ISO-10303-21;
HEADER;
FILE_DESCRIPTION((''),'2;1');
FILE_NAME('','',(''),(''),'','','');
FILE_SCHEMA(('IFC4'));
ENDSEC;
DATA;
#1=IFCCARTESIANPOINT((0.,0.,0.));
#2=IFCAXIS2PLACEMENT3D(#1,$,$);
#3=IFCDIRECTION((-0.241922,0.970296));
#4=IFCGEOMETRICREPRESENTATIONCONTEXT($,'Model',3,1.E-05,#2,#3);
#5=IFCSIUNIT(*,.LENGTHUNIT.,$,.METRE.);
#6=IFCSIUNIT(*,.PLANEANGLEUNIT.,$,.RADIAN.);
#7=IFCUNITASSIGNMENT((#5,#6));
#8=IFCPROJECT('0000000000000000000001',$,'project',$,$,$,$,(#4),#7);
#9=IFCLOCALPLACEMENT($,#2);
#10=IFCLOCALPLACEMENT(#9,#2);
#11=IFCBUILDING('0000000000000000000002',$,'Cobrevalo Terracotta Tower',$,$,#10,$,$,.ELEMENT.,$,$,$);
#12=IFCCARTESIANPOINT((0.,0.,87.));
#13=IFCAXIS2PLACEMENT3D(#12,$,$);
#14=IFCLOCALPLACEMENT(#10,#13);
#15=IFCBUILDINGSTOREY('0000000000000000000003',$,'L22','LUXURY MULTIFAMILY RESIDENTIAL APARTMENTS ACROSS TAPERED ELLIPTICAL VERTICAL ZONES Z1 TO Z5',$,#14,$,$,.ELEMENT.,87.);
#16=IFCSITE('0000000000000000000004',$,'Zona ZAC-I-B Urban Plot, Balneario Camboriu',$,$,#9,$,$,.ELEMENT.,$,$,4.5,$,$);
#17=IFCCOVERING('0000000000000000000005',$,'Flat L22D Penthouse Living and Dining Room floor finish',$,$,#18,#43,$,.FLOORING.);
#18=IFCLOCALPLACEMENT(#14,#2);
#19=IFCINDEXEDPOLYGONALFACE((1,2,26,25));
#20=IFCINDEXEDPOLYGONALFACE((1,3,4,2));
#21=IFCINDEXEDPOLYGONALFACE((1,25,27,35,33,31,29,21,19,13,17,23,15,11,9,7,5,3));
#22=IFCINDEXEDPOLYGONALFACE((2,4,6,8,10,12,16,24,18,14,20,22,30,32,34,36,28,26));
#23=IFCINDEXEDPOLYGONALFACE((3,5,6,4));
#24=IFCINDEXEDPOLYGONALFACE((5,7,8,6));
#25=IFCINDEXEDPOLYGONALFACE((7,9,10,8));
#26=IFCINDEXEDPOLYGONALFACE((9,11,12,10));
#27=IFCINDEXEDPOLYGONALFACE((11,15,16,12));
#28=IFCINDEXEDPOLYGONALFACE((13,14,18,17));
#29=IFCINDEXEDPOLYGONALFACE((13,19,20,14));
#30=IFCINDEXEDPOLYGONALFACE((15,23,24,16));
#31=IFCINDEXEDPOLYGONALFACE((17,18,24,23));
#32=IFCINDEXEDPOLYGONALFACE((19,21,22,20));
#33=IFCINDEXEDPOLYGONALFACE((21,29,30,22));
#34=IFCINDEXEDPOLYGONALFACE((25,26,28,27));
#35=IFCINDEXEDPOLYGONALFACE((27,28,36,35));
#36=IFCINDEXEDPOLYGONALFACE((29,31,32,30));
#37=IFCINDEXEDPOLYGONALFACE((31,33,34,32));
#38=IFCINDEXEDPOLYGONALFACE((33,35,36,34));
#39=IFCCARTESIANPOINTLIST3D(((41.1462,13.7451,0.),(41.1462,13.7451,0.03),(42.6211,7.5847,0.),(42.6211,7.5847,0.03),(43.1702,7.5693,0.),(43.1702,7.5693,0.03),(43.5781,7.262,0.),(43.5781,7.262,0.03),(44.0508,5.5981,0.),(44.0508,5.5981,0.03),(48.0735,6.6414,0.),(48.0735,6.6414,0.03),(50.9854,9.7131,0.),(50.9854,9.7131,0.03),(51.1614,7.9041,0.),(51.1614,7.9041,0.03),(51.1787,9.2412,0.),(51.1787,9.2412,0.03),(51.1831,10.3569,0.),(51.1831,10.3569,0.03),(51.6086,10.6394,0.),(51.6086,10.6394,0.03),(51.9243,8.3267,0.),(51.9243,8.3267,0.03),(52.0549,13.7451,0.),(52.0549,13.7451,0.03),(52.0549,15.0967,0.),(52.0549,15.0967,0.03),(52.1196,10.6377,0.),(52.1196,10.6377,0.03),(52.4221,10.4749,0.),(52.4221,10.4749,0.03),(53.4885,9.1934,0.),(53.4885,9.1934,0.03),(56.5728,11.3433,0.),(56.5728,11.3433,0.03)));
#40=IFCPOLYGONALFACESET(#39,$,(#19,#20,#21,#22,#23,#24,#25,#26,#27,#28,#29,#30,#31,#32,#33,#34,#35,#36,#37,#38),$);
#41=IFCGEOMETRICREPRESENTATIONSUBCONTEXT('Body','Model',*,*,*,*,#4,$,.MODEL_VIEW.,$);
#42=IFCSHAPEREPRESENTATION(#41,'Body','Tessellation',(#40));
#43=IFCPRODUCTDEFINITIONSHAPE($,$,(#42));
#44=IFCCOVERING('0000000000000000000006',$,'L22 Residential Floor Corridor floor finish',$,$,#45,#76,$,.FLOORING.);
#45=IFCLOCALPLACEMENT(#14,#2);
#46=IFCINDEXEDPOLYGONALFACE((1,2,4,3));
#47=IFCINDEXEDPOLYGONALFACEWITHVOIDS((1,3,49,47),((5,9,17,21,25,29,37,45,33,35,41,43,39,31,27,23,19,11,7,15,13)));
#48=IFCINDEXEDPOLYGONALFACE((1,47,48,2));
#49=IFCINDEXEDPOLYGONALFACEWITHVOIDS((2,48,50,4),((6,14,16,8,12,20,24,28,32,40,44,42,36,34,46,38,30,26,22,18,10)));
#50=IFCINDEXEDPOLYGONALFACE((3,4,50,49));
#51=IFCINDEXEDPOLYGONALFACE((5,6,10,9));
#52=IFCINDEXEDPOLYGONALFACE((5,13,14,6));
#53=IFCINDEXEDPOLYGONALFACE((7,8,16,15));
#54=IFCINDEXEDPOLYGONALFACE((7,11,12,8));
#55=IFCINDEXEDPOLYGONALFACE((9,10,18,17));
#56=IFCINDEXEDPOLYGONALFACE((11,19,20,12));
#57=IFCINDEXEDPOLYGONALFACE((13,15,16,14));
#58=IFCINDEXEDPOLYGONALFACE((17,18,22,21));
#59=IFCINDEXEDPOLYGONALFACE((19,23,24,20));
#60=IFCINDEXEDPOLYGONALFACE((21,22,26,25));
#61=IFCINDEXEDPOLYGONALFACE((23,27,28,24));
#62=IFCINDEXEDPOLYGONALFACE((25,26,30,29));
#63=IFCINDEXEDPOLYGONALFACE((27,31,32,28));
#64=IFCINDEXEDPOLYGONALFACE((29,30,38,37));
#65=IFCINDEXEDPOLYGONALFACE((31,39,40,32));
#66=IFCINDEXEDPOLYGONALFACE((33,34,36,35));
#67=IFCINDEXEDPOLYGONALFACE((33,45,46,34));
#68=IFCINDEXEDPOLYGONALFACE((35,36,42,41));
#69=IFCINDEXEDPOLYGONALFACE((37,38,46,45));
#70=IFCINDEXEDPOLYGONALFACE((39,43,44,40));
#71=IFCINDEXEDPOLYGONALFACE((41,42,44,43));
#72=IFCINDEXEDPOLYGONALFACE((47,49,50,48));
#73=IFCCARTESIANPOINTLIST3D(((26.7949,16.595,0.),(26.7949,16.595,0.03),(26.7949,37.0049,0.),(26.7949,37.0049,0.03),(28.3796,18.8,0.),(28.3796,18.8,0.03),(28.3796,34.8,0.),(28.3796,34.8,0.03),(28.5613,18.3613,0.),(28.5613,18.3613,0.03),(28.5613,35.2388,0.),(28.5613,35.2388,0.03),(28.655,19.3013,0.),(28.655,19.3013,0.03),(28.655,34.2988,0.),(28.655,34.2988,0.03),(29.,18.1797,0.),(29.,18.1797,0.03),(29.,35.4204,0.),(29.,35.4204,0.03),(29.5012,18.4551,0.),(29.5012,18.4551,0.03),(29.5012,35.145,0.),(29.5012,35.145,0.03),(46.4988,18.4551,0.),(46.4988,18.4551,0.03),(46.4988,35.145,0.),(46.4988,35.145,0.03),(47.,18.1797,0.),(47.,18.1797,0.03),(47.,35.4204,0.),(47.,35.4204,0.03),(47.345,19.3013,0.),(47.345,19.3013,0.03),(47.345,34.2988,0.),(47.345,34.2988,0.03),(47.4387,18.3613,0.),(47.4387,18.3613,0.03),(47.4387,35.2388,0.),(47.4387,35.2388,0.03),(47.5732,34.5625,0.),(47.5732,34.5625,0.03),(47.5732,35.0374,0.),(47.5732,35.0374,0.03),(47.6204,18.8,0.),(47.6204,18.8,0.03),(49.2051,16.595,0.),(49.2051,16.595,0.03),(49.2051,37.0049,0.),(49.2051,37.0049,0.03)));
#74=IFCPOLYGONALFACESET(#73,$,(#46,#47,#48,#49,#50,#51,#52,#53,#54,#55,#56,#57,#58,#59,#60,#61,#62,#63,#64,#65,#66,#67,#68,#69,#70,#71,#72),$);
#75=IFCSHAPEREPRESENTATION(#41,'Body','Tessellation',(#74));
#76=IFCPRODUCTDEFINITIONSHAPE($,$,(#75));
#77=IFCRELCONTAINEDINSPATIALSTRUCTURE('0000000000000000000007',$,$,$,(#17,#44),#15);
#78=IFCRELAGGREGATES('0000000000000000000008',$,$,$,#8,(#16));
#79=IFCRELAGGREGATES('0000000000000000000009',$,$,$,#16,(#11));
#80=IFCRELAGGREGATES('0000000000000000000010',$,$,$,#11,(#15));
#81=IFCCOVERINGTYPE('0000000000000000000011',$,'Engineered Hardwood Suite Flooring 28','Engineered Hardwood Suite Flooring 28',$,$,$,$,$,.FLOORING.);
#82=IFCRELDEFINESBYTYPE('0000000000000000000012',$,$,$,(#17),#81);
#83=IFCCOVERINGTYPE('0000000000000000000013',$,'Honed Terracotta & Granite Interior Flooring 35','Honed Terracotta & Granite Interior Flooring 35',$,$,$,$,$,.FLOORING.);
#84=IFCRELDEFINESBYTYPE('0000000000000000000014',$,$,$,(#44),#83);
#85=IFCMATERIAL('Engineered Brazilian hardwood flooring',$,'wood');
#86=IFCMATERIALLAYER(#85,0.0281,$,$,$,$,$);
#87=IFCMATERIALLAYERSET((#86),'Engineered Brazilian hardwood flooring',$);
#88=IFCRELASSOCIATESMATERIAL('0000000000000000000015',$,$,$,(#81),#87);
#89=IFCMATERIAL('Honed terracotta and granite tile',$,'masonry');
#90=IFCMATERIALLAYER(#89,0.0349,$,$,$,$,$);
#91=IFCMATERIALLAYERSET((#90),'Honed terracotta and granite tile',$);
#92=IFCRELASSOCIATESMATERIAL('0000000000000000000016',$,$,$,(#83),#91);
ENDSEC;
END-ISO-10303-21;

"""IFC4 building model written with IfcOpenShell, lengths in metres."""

from ifc_helpers import new_model, si_unit, direction, frame, origin, place, context, subcontext, project, spatial, polyline, outline, extrude, material, layer, layer_set, type_object, element, save


model = new_model("IFC4")

# Units and contexts
model_context = context("Model", 3, precision=1e-05, world=origin(), true_north=direction((-0.241922, 0.970296)))
body_context = subcontext(model_context, "Body", "Model", "MODEL_VIEW")
ifc_project = project(units=[si_unit("LENGTHUNIT", "METRE"), si_unit("PLANEANGLEUNIT", "RADIAN")], contexts=[model_context])

# Site, building, storey
site_placement = place(None, origin())
site = spatial("IfcSite", under=ifc_project, at=site_placement, Name="Zona ZAC-I-B Urban Plot, Balneario Camboriu", CompositionType="ELEMENT", RefElevation=4.5)
building_placement = place(site_placement, origin())
building = spatial("IfcBuilding", under=site, at=building_placement, Name="Cobrevalo Terracotta Tower", CompositionType="ELEMENT")
storey_placement = place(building_placement, frame((0.0, 0.0, 87.0)))
storey = spatial("IfcBuildingStorey", under=building, at=storey_placement, Name="L22", Description="LUXURY MULTIFAMILY RESIDENTIAL APARTMENTS ACROSS TAPERED ELLIPTICAL VERTICAL ZONES Z1 TO Z5", CompositionType="ELEMENT", Elevation=87.0)

# Coverings
ifc_material_1 = material(Name="Engineered Brazilian hardwood flooring", Category="wood")
ifc_layer_1 = layer(ifc_material_1, 0.0281)
ifc_layer_set_1 = layer_set([ifc_layer_1], Name="Engineered Brazilian hardwood flooring")
covering_type_1 = type_object("IfcCoveringType", Name="Engineered Hardwood Suite Flooring 28", Description="Engineered Hardwood Suite Flooring 28", PredefinedType="FLOORING", material=ifc_layer_set_1)
covering_1_placement = place(storey_placement, origin())
element("IfcCovering", 1, at=covering_1_placement, inside=storey, type_object=covering_type_1, Name="Flat L22D Penthouse Living and Dining Room floor finish", PredefinedType="FLOORING", context=body_context, shape_type="SweptSolid", body=[
    extrude(outline(polyline([(53.4885, 9.1934), (52.4221, 10.4749), (52.1196, 10.6377), (51.6086, 10.6394), (51.1831, 10.3569), (50.9854, 9.7131), (51.1787, 9.2412), (51.9243, 8.3267), (51.1614, 7.9041), (48.0735, 6.6414), (44.0508, 5.5981), (43.5781, 7.262), (43.1702, 7.5693), (42.6211, 7.5847), (41.1462, 13.7451), (52.0549, 13.7451), (52.0549, 15.0967), (56.5728, 11.3433), (53.4885, 9.1934)])), origin(), (0.0, 0.0, 1.0), 0.03),
])
ifc_material_2 = material(Name="Honed terracotta and granite tile", Category="masonry")
ifc_layer_2 = layer(ifc_material_2, 0.0349)
ifc_layer_set_2 = layer_set([ifc_layer_2], Name="Honed terracotta and granite tile")
covering_type_2 = type_object("IfcCoveringType", Name="Honed Terracotta & Granite Interior Flooring 35", Description="Honed Terracotta & Granite Interior Flooring 35", PredefinedType="FLOORING", material=ifc_layer_set_2)
covering_2_placement = place(storey_placement, origin())
element("IfcCovering", 2, at=covering_2_placement, inside=storey, type_object=covering_type_2, Name="L22 Residential Floor Corridor floor finish", PredefinedType="FLOORING", context=body_context, shape_type="SweptSolid", body=[
    extrude(outline(polyline([(49.2051, 37.0049), (49.2051, 16.595), (26.7949, 16.595), (26.7949, 37.0049), (49.2051, 37.0049)]), holes=[polyline([(47.345, 34.2988), (47.5732, 34.5625), (47.5732, 35.0374), (47.4387, 35.2388), (47.0, 35.4204), (46.4988, 35.145), (29.5012, 35.145), (29.0, 35.4204), (28.5613, 35.2388), (28.3796, 34.8), (28.655, 34.2988), (28.655, 19.3013), (28.3796, 18.8), (28.5613, 18.3613), (29.0, 18.1797), (29.5012, 18.4551), (46.4988, 18.4551), (47.0, 18.1797), (47.4387, 18.3613), (47.6204, 18.8), (47.345, 19.3013), (47.345, 34.2988)])]), origin(), (0.0, 0.0, 1.0), 0.03),
])

save(model, "model.ifc")
